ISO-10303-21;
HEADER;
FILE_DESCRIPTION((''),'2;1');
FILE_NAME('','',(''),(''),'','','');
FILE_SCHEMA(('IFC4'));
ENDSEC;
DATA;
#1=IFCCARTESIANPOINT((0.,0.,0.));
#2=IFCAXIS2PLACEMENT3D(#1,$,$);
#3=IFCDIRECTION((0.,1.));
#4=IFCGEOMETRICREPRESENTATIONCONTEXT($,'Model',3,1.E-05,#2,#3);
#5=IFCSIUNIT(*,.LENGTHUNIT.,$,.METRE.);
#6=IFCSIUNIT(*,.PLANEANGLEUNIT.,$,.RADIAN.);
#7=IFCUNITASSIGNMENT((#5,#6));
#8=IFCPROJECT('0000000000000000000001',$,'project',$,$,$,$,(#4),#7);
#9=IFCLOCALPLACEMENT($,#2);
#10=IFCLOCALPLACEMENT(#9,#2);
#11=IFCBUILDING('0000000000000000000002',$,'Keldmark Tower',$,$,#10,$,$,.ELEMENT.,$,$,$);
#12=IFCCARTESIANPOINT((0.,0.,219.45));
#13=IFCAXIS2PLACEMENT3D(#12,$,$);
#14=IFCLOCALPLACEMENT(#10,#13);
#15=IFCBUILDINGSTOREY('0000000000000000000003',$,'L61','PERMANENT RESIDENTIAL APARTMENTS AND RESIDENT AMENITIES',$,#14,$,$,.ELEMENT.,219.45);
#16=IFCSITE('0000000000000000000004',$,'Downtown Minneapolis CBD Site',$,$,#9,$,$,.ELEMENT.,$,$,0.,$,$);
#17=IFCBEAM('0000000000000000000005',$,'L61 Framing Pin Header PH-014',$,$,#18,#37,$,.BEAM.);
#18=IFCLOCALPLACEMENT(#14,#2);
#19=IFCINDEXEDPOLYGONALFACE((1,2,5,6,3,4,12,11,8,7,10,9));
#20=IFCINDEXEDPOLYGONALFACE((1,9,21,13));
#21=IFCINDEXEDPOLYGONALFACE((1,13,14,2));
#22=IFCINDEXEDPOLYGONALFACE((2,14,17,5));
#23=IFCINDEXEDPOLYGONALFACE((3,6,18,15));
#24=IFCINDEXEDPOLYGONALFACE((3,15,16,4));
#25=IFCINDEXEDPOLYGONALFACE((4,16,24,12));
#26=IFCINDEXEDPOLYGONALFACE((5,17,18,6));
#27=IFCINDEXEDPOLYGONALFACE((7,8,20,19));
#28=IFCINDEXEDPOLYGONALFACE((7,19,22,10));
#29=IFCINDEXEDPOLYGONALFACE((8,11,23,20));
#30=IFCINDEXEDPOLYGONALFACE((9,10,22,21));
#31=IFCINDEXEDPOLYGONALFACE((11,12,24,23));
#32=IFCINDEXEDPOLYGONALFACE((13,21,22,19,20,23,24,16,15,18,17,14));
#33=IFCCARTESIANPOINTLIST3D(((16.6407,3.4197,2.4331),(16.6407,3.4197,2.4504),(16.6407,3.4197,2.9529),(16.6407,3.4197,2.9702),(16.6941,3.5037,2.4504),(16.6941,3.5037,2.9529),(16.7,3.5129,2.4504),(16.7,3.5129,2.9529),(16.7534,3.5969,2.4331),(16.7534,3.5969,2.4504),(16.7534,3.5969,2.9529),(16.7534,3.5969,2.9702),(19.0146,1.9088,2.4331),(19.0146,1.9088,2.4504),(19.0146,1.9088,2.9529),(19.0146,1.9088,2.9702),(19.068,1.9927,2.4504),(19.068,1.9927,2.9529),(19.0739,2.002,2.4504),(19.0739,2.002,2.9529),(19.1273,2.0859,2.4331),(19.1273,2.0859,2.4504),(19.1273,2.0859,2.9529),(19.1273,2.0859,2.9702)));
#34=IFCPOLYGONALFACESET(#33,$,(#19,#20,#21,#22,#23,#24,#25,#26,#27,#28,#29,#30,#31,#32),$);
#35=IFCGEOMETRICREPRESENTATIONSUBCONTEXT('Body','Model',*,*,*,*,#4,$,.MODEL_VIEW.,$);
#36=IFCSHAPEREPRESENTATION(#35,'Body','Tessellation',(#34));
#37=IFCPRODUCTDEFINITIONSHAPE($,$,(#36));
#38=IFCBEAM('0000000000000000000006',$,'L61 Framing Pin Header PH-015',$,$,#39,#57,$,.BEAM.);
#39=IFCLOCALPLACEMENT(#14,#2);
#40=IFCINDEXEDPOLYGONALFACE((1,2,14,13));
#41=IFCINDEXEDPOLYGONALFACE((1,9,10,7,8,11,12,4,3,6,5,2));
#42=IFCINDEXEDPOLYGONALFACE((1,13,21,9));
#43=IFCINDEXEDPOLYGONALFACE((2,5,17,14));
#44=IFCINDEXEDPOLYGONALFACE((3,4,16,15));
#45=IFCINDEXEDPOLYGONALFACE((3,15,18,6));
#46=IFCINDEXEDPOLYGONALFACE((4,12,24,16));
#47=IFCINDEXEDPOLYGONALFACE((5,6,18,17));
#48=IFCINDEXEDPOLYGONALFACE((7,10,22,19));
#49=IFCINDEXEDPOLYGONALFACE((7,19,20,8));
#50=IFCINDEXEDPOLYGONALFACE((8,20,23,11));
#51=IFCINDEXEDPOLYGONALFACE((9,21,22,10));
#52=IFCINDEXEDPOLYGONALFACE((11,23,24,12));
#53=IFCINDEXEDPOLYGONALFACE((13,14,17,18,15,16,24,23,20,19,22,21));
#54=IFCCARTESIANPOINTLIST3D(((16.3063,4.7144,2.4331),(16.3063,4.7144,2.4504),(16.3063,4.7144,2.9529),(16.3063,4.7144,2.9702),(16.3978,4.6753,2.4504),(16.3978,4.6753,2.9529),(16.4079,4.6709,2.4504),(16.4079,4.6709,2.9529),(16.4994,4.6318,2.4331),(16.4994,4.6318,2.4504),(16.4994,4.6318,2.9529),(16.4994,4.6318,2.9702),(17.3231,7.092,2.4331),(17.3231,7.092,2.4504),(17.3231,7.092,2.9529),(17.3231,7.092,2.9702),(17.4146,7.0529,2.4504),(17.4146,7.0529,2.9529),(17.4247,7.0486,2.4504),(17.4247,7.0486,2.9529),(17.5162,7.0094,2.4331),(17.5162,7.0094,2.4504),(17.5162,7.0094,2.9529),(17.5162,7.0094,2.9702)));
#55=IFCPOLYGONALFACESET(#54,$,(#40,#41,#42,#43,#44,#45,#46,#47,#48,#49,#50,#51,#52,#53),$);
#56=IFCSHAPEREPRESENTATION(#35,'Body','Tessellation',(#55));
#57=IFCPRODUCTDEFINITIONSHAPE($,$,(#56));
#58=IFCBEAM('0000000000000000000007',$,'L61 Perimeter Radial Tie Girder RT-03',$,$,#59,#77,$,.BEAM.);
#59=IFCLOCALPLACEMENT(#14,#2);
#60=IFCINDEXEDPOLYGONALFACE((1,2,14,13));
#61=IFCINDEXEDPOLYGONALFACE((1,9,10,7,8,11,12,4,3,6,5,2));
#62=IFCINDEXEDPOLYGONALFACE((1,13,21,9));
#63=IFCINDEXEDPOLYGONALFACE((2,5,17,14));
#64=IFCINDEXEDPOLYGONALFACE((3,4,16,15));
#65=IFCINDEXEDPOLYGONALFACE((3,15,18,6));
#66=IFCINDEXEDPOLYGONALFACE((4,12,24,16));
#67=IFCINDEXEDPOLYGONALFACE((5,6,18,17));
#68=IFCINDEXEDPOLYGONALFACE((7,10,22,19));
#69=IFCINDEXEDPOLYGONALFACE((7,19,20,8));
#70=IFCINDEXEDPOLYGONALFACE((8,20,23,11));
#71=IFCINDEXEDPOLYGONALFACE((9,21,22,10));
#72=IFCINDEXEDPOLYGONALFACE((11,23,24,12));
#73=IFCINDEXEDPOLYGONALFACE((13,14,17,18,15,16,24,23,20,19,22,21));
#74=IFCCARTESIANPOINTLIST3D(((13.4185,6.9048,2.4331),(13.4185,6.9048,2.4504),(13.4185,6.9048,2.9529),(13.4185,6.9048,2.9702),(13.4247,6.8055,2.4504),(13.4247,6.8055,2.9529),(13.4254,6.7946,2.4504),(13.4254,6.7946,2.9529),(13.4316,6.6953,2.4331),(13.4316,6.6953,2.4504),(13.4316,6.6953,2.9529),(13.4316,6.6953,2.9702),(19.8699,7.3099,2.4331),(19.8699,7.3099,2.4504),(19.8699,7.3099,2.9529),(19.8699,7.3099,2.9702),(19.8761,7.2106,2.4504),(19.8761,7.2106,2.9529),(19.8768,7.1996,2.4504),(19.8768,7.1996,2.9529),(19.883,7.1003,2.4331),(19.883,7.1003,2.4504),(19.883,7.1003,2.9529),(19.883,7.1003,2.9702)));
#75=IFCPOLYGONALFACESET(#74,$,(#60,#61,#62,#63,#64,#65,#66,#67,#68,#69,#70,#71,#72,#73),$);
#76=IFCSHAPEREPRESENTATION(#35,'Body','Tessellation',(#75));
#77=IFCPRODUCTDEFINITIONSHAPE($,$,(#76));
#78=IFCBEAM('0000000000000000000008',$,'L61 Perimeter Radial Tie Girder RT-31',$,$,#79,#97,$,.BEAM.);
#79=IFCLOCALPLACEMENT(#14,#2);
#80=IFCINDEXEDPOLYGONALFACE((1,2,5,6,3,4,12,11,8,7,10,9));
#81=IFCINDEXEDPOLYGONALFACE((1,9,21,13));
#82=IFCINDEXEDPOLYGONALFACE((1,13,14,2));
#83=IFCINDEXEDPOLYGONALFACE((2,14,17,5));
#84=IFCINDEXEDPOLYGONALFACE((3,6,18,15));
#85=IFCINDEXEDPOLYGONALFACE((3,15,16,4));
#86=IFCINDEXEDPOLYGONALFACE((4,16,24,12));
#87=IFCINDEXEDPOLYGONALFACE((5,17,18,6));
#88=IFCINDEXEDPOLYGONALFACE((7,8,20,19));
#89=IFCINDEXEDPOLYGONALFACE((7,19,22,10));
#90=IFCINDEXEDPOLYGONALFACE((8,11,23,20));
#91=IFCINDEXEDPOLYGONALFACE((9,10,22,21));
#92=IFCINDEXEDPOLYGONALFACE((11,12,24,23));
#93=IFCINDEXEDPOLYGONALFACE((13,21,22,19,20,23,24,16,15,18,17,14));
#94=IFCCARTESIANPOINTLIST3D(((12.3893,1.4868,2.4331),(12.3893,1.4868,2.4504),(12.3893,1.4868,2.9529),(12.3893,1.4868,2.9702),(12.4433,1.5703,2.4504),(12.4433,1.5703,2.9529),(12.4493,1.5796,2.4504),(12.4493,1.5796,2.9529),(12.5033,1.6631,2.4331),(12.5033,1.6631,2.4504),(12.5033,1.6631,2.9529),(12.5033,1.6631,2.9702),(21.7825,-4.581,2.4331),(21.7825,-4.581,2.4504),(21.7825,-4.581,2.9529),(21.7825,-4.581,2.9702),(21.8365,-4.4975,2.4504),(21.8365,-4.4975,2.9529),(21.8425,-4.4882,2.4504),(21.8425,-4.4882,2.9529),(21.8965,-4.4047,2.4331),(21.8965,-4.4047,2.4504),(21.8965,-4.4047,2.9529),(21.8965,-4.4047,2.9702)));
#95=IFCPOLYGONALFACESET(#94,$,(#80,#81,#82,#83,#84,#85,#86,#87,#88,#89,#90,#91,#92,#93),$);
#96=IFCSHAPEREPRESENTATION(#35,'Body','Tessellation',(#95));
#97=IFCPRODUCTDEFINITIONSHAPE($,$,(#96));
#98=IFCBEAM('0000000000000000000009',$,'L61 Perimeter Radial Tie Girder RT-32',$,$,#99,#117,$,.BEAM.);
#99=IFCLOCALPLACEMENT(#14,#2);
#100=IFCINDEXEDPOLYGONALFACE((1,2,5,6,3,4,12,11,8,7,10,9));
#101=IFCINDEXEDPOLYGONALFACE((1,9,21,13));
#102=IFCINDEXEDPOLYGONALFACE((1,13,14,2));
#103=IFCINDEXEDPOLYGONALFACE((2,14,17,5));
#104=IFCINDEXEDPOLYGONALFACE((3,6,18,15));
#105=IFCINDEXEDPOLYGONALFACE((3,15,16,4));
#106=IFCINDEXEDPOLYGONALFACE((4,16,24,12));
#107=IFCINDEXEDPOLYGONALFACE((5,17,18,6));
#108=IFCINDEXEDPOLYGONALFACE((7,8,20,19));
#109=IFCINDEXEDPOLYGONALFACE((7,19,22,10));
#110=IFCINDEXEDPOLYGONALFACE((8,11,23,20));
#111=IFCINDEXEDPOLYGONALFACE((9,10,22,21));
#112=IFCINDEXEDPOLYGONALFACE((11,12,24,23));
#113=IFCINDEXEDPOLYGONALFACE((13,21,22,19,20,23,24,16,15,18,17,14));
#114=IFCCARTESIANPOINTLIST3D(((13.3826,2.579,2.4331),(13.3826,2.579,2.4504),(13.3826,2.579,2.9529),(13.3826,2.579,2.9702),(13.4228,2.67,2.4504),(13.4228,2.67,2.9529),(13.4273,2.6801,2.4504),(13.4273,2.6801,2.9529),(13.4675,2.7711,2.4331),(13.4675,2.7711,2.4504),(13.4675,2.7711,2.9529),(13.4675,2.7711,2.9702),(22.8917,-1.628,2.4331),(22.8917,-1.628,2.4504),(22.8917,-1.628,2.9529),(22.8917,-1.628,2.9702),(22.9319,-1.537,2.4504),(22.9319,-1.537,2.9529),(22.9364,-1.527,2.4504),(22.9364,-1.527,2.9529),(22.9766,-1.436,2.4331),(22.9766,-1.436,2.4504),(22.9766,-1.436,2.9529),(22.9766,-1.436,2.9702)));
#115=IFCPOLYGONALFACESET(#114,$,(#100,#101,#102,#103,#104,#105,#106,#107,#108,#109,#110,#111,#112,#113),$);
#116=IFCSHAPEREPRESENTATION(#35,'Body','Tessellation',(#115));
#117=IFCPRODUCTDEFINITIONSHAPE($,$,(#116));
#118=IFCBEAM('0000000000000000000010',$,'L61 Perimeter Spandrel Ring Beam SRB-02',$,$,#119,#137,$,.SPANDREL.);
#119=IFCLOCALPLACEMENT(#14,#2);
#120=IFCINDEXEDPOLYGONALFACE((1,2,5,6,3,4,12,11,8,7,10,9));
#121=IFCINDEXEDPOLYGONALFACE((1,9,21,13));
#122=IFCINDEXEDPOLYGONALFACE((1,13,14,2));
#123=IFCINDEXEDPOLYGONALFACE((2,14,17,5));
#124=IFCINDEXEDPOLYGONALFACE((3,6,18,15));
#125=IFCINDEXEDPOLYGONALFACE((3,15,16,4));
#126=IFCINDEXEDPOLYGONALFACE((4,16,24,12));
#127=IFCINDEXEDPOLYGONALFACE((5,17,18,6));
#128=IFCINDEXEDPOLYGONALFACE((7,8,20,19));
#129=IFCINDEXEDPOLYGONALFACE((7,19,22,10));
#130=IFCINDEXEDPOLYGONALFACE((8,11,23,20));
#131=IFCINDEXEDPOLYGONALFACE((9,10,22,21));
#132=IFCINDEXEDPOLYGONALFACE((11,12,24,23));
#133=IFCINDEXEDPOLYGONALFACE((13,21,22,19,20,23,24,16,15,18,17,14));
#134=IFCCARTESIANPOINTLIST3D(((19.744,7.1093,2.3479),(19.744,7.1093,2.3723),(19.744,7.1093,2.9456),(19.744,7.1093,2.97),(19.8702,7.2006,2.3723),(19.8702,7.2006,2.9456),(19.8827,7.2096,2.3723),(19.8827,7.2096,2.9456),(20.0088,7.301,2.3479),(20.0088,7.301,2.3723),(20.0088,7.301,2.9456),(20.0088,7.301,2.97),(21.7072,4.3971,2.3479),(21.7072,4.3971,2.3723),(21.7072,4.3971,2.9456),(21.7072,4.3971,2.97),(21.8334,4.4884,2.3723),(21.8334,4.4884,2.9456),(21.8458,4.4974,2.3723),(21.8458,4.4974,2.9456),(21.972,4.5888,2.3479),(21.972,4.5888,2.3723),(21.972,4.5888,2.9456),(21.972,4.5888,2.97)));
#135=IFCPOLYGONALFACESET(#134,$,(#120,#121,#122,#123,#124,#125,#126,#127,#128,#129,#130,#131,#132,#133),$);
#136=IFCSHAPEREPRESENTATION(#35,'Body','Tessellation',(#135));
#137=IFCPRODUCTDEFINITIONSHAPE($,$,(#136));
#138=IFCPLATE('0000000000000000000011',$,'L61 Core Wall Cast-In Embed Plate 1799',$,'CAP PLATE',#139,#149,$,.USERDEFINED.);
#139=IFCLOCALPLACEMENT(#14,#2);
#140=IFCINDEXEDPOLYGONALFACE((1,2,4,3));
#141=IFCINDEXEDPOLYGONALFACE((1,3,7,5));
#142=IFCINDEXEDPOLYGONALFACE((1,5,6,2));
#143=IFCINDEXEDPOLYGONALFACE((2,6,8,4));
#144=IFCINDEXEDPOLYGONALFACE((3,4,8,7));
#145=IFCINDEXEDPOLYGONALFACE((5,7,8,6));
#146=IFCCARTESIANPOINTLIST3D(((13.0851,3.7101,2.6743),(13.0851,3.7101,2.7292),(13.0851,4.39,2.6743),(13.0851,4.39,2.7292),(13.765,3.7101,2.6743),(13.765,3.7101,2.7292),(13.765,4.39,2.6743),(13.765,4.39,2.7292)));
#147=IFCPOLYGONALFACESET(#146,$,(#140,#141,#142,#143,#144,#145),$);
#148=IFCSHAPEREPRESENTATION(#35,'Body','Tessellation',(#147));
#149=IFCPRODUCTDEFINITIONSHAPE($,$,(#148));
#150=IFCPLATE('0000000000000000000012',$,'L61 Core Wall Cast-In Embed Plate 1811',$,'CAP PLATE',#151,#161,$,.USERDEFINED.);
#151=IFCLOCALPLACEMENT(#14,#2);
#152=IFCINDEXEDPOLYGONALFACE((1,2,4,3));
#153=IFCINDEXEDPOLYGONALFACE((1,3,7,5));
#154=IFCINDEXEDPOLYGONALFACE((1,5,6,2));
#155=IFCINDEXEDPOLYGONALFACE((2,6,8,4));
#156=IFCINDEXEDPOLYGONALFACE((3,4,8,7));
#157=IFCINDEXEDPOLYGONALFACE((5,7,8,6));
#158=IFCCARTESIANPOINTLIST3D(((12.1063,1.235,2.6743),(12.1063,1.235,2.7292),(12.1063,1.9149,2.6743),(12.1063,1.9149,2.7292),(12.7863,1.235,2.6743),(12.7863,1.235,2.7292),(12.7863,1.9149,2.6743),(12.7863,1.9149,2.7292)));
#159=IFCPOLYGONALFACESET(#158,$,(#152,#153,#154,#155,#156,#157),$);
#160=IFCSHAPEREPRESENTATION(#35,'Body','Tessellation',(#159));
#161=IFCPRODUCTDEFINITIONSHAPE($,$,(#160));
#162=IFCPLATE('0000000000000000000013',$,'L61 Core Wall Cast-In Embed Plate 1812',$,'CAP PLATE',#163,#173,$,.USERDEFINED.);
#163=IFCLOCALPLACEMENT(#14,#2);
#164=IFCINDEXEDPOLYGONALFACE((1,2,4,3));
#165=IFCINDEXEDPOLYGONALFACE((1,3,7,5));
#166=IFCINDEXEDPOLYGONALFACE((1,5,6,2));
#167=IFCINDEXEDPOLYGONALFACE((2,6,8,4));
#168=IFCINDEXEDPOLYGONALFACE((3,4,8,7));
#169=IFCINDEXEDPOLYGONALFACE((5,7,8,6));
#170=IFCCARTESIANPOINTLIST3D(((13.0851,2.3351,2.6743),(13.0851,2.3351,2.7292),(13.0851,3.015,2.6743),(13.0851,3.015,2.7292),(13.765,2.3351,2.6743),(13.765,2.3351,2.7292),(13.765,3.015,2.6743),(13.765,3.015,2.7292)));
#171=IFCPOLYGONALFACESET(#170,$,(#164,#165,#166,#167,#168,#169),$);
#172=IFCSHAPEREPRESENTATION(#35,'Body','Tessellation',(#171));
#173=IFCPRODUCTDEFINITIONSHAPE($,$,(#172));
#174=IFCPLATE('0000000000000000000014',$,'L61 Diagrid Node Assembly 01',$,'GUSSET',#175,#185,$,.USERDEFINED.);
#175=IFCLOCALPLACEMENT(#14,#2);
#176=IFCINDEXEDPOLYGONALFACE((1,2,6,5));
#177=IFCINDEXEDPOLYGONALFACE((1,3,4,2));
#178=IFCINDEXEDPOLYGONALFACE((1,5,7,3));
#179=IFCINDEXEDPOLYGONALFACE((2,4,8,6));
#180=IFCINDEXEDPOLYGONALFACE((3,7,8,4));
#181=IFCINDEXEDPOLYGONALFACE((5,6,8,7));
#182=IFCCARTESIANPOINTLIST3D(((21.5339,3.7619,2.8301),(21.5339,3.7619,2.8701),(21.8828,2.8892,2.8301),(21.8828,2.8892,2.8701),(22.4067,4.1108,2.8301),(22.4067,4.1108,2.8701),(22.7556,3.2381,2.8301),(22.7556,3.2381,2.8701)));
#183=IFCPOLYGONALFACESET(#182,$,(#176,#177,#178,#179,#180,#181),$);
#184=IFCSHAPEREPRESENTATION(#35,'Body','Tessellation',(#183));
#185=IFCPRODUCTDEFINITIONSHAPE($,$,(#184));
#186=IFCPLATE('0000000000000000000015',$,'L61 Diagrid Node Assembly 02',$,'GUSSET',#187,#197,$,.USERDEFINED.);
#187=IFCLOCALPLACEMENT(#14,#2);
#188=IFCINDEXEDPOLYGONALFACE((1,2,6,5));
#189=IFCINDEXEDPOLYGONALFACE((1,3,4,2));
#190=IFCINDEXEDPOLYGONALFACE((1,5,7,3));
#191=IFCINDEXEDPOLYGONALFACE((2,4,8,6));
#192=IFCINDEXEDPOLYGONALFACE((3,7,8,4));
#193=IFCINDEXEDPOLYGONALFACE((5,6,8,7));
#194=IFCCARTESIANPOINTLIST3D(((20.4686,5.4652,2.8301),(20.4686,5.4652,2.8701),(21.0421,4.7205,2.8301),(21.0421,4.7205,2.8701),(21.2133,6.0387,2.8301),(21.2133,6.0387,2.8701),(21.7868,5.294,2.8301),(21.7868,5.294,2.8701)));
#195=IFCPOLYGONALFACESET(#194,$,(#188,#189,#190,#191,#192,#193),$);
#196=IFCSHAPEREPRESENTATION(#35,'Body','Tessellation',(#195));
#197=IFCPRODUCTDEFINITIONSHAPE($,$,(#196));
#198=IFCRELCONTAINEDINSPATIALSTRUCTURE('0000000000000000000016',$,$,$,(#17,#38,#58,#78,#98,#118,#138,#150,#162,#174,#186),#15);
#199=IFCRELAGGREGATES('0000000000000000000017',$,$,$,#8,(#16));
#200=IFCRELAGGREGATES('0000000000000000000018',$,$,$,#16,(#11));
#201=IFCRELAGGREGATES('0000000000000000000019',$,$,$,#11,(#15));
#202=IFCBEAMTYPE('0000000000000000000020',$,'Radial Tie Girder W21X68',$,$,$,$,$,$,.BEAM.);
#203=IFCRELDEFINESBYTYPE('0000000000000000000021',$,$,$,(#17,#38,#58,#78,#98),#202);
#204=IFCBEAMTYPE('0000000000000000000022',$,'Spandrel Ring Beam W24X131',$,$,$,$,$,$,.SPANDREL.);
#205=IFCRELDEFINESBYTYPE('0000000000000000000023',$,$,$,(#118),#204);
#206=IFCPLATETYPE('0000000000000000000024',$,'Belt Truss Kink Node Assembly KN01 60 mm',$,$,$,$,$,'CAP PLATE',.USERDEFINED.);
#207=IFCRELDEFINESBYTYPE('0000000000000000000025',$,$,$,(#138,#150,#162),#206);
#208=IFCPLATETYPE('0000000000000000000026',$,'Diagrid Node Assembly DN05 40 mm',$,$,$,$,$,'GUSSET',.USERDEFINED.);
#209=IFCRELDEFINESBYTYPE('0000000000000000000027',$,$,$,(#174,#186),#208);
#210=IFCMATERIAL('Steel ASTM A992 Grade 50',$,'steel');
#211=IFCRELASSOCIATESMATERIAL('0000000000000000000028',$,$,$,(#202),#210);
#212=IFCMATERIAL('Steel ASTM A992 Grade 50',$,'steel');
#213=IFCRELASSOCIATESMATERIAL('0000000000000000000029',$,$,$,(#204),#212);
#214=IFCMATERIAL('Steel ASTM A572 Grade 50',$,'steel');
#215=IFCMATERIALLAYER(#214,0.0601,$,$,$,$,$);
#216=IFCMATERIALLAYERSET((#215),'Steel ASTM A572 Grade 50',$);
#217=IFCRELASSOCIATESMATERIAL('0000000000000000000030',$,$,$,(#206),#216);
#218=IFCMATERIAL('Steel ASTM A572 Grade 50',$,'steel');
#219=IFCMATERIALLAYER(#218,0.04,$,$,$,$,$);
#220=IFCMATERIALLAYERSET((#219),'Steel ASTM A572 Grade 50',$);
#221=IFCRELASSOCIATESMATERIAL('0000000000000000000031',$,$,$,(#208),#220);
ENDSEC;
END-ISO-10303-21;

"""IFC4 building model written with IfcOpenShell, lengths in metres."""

from ifc_helpers import new_model, si_unit, direction, frame, origin, origin_2d, place, context, subcontext, project, spatial, rectangle, i_section, extrude, material, layer, layer_set, material_profile, profile_set, type_object, element, save


model = new_model("IFC4")

# Units and contexts
model_context = context("Model", 3, precision=1e-05, world=origin(), true_north=direction((0.0, 1.0)))
body_context = subcontext(model_context, "Body", "Model", "MODEL_VIEW")
ifc_project = project(units=[si_unit("LENGTHUNIT", "METRE"), si_unit("PLANEANGLEUNIT", "RADIAN")], contexts=[model_context])

# Site, building, storey
site_placement = place(None, origin())
site = spatial("IfcSite", under=ifc_project, at=site_placement, Name="Downtown Minneapolis CBD Site", CompositionType="ELEMENT", RefElevation=0.0)
building_placement = place(site_placement, origin())
building = spatial("IfcBuilding", under=site, at=building_placement, Name="Keldmark Tower", CompositionType="ELEMENT")
storey_placement = place(building_placement, frame((0.0, 0.0, 219.45)))
storey = spatial("IfcBuildingStorey", under=building, at=storey_placement, Name="L61", Description="PERMANENT RESIDENTIAL APARTMENTS AND RESIDENT AMENITIES", CompositionType="ELEMENT", Elevation=219.45)

# Beams
ifc_material_1 = material(Name="Steel ASTM A992 Grade 50", Category="steel")
ifc_material_profile_1 = material_profile(ifc_material_1, i_section(OverallWidth=0.21, OverallDepth=0.5371, WebThickness=0.011, FlangeThickness=0.0173, at=origin_2d()), Name="W21X68")
ifc_profile_set_1 = profile_set([ifc_material_profile_1], Name="Steel ASTM A992 Grade 50")
beam_type_1 = type_object("IfcBeamType", Name="Radial Tie Girder W21X68", PredefinedType="BEAM", material=ifc_profile_set_1)
beam_1_placement = place(storey_placement, frame((16.697, 3.5083, 2.7017), z_axis=(0.843622, -0.536937, 0.0), x_axis=(0.536937, 0.843622, 0.0)))
element("IfcBeam", 1, at=beam_1_placement, inside=storey, type_object=beam_type_1, Name="L61 Framing Pin Header PH-014", PredefinedType="BEAM", context=body_context, shape_type="SweptSolid", body=[
    extrude(i_section(OverallWidth=0.21, OverallDepth=0.5371, WebThickness=0.011, FlangeThickness=0.0173, at=origin_2d()), origin(), (0.0, 0.0, 1.0), 2.814),
])
beam_2_placement = place(storey_placement, frame((16.4028, 4.6731, 2.7017), z_axis=(0.393213, 0.919448, 0.0), x_axis=(-0.919448, 0.393213, 0.0)))
element("IfcBeam", 2, at=beam_2_placement, inside=storey, type_object=beam_type_1, Name="L61 Framing Pin Header PH-015", PredefinedType="BEAM", context=body_context, shape_type="SweptSolid", body=[
    extrude(i_section(OverallWidth=0.21, OverallDepth=0.5371, WebThickness=0.011, FlangeThickness=0.0173, at=origin_2d()), origin(), (0.0, 0.0, 1.0), 2.5859),
])
beam_3_placement = place(storey_placement, frame((13.425, 6.8, 2.7017), z_axis=(0.998035, 0.062658, 0.0), x_axis=(-0.062658, 0.998035, 0.0)))
element("IfcBeam", 3, at=beam_3_placement, inside=storey, type_object=beam_type_1, Name="L61 Perimeter Radial Tie Girder RT-03", PredefinedType="BEAM", context=body_context, shape_type="SweptSolid", body=[
    extrude(i_section(OverallWidth=0.21, OverallDepth=0.5371, WebThickness=0.011, FlangeThickness=0.0173, at=origin_2d()), origin(), (0.0, 0.0, 1.0), 6.4641),
])
beam_4_placement = place(storey_placement, frame((12.4463, 1.575, 2.7017), z_axis=(0.839984, -0.542611, 0.0), x_axis=(0.542611, 0.839984, 0.0)))
element("IfcBeam", 4, at=beam_4_placement, inside=storey, type_object=beam_type_1, Name="L61 Perimeter Radial Tie Girder RT-31", PredefinedType="BEAM", context=body_context, shape_type="SweptSolid", body=[
    extrude(i_section(OverallWidth=0.21, OverallDepth=0.5371, WebThickness=0.011, FlangeThickness=0.0173, at=origin_2d()), origin(), (0.0, 0.0, 1.0), 11.1826),
])
beam_5_placement = place(storey_placement, frame((13.425, 2.675, 2.7017), z_axis=(0.914496, -0.404596, 0.0), x_axis=(0.404596, 0.914496, 0.0)))
element("IfcBeam", 5, at=beam_5_placement, inside=storey, type_object=beam_type_1, Name="L61 Perimeter Radial Tie Girder RT-32", PredefinedType="BEAM", context=body_context, shape_type="SweptSolid", body=[
    extrude(i_section(OverallWidth=0.21, OverallDepth=0.5371, WebThickness=0.011, FlangeThickness=0.0173, at=origin_2d()), origin(), (0.0, 0.0, 1.0), 10.3982),
])
ifc_material_2 = material(Name="Steel ASTM A992 Grade 50", Category="steel")
ifc_material_profile_2 = material_profile(ifc_material_2, i_section(OverallWidth=0.3269, OverallDepth=0.6221, WebThickness=0.0154, FlangeThickness=0.0244, at=origin_2d()), Name="W24X131")
ifc_profile_set_2 = profile_set([ifc_material_profile_2], Name="Steel ASTM A992 Grade 50")
beam_type_2 = type_object("IfcBeamType", Name="Spandrel Ring Beam W24X131", PredefinedType="SPANDREL", material=ifc_profile_set_2)
beam_6_placement = place(storey_placement, frame((21.8396, 4.4929, 2.6589), z_axis=(-0.586345, 0.810062, 0.0), x_axis=(-0.810062, -0.586345, 0.0)))
element("IfcBeam", 6, at=beam_6_placement, inside=storey, type_object=beam_type_2, Name="L61 Perimeter Spandrel Ring Beam SRB-02", PredefinedType="SPANDREL", context=body_context, shape_type="SweptSolid", body=[
    extrude(i_section(OverallWidth=0.3269, OverallDepth=0.6221, WebThickness=0.0154, FlangeThickness=0.0244, at=origin_2d()), origin(), (0.0, 0.0, 1.0), 3.3481),
])

# Plates
ifc_material_3 = material(Name="Steel ASTM A572 Grade 50", Category="steel")
ifc_layer_1 = layer(ifc_material_3, 0.0601)
ifc_layer_set_1 = layer_set([ifc_layer_1], Name="Steel ASTM A572 Grade 50")
plate_type_1 = type_object("IfcPlateType", Name="Belt Truss Kink Node Assembly KN01 60 mm", ElementType="CAP PLATE", PredefinedType="USERDEFINED", material=ifc_layer_set_1)
for number, where, z_axis, x_axis, name in (
    (7, (13.425, 4.05, 2.6743), (0.0, 0.0, 1.0), (1.0, 0.0, 0.0), "L61 Core Wall Cast-In Embed Plate 1799"),
    (8, (12.4463, 1.575, 2.6743), (0.0, 0.0, 1.0), (1.0, 0.0, 0.0), "L61 Core Wall Cast-In Embed Plate 1811"),
    (9, (13.425, 2.675, 2.6743), (0.0, 0.0, 1.0), (1.0, 0.0, 0.0), "L61 Core Wall Cast-In Embed Plate 1812"),
):
    element("IfcPlate", number, at=place(storey_placement, frame(where, z_axis=z_axis, x_axis=x_axis)), inside=storey, type_object=plate_type_1, Name=name, ObjectType="CAP PLATE", PredefinedType="USERDEFINED", context=body_context, shape_type="SweptSolid", body=[
        extrude(rectangle(XDim=0.6799, YDim=0.6799, at=origin_2d()), origin(), (0.0, 0.0, 1.0), 0.0549),
    ])
ifc_material_4 = material(Name="Steel ASTM A572 Grade 50", Category="steel")
ifc_layer_2 = layer(ifc_material_4, 0.04)
ifc_layer_set_2 = layer_set([ifc_layer_2], Name="Steel ASTM A572 Grade 50")
plate_type_2 = type_object("IfcPlateType", Name="Diagrid Node Assembly DN05 40 mm", ElementType="GUSSET", PredefinedType="USERDEFINED", material=ifc_layer_set_2)
for number, where, z_axis, x_axis, name in (
    (10, (22.1448, 3.5, 2.8301), (0.0, 0.0, 1.0), (-0.371206, 0.928551, 0.0), "L61 Diagrid Node Assembly 01"),
    (11, (21.1277, 5.3796, 2.8301), (0.0, 0.0, 1.0), (-0.610145, 0.79229, 0.0), "L61 Diagrid Node Assembly 02"),
):
    element("IfcPlate", number, at=place(storey_placement, frame(where, z_axis=z_axis, x_axis=x_axis)), inside=storey, type_object=plate_type_2, Name=name, ObjectType="GUSSET", PredefinedType="USERDEFINED", context=body_context, shape_type="SweptSolid", body=[
        extrude(rectangle(XDim=0.9399, YDim=0.9399, at=origin_2d()), origin(), (0.0, 0.0, 1.0), 0.04),
    ])

save(model, "model.ifc")
